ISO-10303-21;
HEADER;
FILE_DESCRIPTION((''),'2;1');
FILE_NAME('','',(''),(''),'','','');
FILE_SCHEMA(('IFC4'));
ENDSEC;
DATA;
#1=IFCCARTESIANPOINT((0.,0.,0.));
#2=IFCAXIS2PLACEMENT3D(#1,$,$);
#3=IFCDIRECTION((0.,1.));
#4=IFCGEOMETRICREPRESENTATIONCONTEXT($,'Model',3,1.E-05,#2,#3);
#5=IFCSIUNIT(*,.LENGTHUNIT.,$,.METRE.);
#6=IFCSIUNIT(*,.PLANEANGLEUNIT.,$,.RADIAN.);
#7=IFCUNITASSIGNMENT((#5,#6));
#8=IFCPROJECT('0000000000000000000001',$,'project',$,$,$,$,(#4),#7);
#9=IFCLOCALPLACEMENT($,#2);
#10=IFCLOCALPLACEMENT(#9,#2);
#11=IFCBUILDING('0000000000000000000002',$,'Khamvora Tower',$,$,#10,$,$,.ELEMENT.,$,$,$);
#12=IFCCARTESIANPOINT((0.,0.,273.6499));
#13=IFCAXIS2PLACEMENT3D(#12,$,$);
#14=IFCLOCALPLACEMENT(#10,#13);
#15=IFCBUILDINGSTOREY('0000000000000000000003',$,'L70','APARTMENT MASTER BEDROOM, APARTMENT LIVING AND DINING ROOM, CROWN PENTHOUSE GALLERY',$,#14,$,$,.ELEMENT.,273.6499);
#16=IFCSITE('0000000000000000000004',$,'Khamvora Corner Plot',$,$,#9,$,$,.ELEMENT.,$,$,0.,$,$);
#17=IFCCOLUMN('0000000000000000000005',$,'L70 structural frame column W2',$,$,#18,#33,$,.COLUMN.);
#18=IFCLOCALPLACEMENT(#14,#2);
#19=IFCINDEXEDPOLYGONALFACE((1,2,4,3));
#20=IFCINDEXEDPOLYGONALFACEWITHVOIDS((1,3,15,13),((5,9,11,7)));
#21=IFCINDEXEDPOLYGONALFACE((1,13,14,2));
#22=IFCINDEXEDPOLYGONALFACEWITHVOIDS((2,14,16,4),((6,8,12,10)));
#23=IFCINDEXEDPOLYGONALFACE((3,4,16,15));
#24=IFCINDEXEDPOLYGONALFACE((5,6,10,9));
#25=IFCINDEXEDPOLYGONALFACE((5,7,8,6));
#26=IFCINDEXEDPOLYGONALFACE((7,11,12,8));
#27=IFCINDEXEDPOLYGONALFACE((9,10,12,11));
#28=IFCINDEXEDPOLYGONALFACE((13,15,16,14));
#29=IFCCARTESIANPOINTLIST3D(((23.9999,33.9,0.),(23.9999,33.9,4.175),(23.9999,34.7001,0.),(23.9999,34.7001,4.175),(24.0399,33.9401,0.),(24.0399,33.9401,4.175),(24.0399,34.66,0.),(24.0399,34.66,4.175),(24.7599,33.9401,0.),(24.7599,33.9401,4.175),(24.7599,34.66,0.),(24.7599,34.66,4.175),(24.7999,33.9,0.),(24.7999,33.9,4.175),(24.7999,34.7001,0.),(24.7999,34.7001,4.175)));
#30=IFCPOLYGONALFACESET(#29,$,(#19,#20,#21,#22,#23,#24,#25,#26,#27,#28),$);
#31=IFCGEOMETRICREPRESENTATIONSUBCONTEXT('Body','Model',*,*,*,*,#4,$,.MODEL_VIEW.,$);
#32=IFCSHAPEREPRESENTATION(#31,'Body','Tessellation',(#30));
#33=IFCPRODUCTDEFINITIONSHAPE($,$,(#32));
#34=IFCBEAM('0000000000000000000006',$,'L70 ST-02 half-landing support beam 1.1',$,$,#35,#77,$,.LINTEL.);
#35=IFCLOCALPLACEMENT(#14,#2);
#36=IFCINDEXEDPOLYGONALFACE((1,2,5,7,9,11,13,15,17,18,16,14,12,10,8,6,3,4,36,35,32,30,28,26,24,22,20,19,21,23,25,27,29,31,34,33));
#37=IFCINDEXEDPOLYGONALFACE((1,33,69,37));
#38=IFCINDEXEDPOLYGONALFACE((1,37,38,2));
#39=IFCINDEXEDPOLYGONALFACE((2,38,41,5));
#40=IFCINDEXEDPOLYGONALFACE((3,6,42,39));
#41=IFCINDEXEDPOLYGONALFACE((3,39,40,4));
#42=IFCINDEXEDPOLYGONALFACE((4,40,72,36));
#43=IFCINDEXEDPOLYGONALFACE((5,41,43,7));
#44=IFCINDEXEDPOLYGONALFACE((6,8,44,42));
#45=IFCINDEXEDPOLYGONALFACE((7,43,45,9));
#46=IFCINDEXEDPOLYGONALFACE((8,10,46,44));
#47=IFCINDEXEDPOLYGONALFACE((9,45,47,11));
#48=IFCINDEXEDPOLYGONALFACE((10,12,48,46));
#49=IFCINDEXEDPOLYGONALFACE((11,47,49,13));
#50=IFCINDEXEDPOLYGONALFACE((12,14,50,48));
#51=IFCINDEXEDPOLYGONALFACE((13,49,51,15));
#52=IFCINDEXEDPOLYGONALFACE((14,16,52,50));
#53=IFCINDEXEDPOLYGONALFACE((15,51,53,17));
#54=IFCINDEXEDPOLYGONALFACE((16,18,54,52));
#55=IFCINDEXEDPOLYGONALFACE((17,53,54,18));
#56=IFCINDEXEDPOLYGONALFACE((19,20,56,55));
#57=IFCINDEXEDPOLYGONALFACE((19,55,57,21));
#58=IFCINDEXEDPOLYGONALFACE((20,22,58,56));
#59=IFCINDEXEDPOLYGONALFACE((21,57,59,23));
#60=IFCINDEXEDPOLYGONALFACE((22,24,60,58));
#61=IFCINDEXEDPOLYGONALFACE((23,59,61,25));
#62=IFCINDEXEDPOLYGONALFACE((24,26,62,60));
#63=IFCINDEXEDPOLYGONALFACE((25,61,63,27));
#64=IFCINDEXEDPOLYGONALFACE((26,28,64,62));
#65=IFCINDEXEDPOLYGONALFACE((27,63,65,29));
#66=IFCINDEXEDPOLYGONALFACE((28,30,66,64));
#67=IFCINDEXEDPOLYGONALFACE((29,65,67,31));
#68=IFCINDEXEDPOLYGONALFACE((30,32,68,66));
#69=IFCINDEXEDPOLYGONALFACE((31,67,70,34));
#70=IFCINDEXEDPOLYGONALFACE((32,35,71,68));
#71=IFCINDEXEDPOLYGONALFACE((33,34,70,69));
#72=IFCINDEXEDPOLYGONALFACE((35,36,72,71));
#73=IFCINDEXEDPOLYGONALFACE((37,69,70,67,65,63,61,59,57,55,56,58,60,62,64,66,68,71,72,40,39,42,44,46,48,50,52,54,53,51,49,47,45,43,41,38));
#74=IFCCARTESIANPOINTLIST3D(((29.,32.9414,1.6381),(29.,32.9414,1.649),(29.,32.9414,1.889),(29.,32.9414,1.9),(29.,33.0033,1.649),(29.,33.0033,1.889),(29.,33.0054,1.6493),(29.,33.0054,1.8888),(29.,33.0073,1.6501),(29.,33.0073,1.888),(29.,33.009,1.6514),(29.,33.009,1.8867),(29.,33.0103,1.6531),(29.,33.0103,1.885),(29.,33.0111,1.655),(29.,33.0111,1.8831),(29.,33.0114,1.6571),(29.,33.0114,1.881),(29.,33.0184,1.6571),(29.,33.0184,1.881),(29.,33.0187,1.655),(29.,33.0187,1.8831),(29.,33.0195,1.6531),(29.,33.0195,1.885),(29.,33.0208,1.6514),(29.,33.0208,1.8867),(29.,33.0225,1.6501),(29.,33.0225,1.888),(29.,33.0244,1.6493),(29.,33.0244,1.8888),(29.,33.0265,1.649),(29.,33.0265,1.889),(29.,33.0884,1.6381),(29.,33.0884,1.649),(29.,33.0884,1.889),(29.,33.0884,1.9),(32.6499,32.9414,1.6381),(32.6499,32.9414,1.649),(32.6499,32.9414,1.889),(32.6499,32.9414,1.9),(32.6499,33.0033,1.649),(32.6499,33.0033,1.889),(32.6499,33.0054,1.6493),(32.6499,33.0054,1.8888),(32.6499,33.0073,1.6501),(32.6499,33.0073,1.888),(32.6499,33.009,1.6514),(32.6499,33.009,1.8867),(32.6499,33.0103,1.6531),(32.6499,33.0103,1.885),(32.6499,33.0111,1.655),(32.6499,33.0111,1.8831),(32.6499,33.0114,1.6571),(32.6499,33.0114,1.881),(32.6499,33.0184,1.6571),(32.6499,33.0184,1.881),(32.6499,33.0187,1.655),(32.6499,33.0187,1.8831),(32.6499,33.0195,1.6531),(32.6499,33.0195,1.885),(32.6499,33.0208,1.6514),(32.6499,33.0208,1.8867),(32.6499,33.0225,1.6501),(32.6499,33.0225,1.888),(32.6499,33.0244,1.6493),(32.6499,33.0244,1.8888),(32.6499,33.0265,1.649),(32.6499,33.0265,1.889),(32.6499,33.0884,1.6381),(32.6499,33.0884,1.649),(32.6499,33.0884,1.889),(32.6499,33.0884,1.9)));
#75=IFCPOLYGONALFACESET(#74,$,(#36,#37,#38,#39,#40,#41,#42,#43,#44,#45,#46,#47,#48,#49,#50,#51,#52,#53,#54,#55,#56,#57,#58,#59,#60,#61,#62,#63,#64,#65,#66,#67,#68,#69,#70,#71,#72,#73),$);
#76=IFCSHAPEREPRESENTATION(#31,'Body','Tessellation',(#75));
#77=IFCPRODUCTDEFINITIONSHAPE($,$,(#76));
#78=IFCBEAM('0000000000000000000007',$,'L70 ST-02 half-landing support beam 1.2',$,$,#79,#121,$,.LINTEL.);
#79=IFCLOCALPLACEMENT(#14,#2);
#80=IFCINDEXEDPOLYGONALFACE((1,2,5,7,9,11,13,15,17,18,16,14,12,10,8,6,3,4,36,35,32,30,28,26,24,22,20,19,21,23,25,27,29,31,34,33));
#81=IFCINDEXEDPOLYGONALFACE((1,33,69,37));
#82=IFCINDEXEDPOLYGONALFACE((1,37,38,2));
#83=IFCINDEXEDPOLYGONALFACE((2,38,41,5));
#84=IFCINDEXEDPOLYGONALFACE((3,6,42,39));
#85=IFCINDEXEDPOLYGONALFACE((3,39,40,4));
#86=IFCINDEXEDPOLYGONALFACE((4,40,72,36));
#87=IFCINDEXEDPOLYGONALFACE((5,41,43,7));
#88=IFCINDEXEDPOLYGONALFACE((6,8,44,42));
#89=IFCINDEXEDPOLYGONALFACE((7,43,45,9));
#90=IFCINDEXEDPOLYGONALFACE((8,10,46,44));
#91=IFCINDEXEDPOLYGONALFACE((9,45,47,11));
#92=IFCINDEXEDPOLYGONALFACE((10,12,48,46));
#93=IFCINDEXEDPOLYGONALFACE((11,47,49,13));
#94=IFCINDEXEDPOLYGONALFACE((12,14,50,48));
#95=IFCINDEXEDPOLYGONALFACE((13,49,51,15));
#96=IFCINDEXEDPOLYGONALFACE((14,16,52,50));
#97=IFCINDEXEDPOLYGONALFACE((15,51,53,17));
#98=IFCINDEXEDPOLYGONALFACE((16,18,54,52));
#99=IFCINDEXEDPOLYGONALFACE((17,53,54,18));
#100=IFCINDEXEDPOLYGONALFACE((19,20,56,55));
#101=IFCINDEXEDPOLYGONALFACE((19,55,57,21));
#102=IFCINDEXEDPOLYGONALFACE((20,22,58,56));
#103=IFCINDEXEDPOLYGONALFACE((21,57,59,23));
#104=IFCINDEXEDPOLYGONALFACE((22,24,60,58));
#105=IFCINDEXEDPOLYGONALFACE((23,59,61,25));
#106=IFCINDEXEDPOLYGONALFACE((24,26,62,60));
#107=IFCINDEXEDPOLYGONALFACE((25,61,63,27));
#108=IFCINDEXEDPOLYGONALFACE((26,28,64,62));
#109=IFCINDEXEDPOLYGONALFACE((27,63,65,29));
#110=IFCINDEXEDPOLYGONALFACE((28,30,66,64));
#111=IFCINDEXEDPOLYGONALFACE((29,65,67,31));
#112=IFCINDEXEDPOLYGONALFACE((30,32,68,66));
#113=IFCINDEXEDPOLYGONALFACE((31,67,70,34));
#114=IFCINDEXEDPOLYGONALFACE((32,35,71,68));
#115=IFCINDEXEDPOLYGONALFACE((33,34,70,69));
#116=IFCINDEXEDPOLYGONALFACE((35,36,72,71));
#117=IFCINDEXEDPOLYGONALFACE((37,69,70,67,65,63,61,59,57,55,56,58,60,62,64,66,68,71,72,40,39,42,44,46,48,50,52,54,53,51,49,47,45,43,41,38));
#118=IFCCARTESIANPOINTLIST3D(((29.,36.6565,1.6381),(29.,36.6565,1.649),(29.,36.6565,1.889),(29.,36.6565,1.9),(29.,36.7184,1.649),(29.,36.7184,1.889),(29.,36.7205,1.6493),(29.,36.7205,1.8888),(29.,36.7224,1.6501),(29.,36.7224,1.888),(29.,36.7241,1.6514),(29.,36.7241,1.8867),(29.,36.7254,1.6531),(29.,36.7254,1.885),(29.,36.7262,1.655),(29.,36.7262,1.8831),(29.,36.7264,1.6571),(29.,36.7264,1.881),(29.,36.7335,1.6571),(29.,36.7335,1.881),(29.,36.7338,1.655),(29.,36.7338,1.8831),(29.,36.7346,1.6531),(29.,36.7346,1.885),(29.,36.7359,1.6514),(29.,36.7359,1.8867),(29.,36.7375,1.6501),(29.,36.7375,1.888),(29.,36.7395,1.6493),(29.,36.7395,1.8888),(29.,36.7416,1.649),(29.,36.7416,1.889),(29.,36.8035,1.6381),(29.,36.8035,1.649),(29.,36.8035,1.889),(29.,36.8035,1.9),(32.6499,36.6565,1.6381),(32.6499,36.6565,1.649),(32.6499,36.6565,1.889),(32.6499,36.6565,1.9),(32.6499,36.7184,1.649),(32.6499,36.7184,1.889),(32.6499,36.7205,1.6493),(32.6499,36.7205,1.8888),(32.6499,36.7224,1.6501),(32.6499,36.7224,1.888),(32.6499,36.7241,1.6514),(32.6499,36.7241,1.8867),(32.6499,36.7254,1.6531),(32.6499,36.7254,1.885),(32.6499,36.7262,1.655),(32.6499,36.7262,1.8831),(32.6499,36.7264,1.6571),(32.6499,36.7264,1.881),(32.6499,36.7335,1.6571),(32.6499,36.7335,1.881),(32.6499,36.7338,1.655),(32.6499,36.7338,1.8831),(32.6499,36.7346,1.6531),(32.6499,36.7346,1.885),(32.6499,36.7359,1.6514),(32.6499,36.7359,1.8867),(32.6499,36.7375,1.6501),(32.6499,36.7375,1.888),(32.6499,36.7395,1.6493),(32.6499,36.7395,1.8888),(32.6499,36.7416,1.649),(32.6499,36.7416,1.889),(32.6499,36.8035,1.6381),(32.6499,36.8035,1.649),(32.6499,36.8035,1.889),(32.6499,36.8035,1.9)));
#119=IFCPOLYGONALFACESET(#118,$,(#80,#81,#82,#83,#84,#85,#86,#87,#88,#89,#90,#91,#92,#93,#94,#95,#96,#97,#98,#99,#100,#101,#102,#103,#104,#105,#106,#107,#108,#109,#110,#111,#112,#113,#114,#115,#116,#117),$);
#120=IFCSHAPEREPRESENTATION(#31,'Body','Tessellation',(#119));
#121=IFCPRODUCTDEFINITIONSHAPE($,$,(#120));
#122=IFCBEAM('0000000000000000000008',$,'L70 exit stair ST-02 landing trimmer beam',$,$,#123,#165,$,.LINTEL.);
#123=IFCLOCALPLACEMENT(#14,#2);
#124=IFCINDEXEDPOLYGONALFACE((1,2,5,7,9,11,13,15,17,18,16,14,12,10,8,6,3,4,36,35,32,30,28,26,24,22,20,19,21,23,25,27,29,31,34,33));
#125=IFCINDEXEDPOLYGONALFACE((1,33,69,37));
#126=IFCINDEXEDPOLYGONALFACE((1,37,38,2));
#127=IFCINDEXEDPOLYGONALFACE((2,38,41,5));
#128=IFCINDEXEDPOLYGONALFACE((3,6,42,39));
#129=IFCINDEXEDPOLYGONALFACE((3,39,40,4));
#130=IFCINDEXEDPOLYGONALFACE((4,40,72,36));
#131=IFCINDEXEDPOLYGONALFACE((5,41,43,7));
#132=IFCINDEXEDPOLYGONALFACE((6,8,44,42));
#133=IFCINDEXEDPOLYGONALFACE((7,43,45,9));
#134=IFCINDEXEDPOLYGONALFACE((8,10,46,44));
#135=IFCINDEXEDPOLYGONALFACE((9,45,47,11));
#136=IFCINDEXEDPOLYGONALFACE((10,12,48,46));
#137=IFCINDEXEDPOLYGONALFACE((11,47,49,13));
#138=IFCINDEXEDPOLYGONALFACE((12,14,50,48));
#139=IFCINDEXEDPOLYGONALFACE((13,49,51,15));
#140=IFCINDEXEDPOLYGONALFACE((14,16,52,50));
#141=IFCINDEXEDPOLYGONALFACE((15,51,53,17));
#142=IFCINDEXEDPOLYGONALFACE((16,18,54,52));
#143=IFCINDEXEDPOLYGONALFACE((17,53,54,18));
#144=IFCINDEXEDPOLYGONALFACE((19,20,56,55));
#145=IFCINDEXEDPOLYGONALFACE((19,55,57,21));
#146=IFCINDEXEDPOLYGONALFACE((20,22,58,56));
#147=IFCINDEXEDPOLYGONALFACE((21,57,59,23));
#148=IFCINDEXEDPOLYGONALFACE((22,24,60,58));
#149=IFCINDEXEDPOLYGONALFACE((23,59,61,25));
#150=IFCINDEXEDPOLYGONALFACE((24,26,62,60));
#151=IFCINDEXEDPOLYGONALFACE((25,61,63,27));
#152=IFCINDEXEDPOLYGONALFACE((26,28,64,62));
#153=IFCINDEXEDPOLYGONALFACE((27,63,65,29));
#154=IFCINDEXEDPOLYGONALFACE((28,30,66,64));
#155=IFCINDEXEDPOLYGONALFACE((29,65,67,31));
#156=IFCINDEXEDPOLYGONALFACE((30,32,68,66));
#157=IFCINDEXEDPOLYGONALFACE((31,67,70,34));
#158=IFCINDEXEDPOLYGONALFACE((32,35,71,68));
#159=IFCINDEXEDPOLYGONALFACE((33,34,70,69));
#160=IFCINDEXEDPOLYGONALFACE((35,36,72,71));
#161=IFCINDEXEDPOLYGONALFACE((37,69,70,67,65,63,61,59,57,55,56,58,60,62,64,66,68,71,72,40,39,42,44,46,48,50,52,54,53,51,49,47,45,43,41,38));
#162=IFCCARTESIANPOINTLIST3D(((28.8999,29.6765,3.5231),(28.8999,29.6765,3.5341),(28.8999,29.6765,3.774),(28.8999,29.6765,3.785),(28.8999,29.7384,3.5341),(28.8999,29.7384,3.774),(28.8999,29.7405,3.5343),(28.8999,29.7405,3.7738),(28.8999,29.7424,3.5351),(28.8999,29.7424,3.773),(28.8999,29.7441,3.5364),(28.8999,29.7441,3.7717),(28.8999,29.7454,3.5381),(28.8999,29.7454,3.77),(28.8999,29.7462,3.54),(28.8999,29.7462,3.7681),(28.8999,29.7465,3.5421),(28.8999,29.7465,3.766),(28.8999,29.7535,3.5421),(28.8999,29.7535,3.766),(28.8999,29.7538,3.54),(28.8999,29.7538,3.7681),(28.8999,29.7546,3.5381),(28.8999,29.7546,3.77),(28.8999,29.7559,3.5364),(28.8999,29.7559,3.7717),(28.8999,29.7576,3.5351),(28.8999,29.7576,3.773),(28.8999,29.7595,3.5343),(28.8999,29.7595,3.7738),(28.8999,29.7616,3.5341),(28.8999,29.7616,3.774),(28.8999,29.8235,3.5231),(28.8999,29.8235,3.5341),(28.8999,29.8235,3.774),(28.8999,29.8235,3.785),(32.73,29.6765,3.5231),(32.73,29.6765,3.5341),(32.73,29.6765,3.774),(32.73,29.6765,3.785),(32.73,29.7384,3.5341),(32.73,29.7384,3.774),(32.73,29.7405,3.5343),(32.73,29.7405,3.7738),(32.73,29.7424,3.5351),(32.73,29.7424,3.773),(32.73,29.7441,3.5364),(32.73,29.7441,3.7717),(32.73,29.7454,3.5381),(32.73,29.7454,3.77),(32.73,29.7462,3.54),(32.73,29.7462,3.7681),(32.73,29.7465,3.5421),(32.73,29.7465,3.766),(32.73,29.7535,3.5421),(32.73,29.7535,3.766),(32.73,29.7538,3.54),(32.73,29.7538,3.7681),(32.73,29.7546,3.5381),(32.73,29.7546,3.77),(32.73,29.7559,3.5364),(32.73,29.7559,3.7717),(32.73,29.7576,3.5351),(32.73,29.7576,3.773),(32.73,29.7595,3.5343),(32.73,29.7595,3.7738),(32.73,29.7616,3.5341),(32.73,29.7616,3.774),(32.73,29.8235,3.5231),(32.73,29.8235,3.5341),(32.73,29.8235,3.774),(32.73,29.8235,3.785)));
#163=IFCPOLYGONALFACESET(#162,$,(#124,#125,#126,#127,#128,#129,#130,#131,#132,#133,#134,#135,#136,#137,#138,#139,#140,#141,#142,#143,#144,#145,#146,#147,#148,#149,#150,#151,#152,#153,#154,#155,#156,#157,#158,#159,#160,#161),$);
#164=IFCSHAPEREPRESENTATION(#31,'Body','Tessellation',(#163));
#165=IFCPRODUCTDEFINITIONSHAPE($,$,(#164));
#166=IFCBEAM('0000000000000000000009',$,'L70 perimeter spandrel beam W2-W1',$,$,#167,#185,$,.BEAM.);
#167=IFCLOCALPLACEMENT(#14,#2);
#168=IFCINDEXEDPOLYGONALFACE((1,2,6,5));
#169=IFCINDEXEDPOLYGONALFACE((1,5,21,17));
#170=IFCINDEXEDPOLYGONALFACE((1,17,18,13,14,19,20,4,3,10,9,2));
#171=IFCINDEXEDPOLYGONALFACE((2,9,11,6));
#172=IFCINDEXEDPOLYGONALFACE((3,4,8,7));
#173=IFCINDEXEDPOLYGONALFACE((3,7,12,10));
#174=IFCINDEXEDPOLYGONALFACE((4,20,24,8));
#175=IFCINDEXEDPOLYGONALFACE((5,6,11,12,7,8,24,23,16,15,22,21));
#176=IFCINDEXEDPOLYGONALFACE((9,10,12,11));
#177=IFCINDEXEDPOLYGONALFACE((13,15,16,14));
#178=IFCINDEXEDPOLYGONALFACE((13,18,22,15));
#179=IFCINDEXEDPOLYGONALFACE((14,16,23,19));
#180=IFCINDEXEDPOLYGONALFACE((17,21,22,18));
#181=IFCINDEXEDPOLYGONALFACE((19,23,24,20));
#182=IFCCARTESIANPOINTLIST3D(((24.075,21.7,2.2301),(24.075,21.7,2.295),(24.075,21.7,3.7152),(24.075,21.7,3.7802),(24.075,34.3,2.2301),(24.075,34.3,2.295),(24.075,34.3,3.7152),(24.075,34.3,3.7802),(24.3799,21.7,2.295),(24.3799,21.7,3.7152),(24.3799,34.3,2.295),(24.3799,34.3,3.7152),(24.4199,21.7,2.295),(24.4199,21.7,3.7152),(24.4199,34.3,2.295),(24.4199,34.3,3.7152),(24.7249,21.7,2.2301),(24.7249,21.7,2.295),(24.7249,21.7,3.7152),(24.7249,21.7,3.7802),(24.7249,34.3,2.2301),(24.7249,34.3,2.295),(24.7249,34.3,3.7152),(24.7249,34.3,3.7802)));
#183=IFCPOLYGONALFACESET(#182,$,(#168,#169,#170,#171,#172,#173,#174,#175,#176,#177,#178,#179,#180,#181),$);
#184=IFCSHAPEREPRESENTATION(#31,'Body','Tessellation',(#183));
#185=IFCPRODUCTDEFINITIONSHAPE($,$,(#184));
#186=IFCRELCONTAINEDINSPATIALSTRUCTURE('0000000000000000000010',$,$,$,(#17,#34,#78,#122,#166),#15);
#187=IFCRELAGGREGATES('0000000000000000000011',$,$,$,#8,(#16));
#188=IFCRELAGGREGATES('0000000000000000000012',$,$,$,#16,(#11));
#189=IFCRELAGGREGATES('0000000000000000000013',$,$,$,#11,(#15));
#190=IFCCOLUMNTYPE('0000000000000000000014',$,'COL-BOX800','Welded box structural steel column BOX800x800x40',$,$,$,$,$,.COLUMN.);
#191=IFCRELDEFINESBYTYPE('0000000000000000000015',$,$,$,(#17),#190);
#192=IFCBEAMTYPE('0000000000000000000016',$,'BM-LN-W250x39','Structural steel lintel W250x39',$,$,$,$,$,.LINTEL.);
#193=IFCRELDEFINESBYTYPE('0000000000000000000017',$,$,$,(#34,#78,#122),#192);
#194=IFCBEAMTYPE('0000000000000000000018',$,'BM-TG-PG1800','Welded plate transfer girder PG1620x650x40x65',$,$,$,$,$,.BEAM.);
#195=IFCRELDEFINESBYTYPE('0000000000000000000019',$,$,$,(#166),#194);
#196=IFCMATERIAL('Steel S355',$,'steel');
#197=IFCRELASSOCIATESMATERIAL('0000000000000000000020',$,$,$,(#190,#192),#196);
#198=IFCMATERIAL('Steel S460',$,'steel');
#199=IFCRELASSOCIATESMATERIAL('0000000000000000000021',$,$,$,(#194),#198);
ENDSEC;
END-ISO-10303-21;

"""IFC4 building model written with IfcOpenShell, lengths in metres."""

from ifc_helpers import new_model, si_unit, direction, frame, origin, origin_2d, place, context, subcontext, project, spatial, hollow_rectangle, i_section, extrude, material, material_profile, profile_set, type_object, element, save


model = new_model("IFC4")

# Units and contexts
model_context = context("Model", 3, precision=1e-05, world=origin(), true_north=direction((0.0, 1.0)))
body_context = subcontext(model_context, "Body", "Model", "MODEL_VIEW")
ifc_project = project(units=[si_unit("LENGTHUNIT", "METRE"), si_unit("PLANEANGLEUNIT", "RADIAN")], contexts=[model_context])

# Site, building, storey
site_placement = place(None, origin())
site = spatial("IfcSite", under=ifc_project, at=site_placement, Name="Khamvora Corner Plot", CompositionType="ELEMENT", RefElevation=0.0)
building_placement = place(site_placement, origin())
building = spatial("IfcBuilding", under=site, at=building_placement, Name="Khamvora Tower", CompositionType="ELEMENT")
storey_placement = place(building_placement, frame((0.0, 0.0, 273.6499)))
storey = spatial("IfcBuildingStorey", under=building, at=storey_placement, Name="L70", Description="APARTMENT MASTER BEDROOM, APARTMENT LIVING AND DINING ROOM, CROWN PENTHOUSE GALLERY", CompositionType="ELEMENT", Elevation=273.6499)

# Column
ifc_material_1 = material(Name="Steel S355", Category="steel")
ifc_material_profile_1 = material_profile(ifc_material_1, hollow_rectangle(XDim=0.8, YDim=0.8, WallThickness=0.04, at=origin_2d()), Name="BOX800x800x40")
ifc_profile_set_1 = profile_set([ifc_material_profile_1], Name="Steel S355")
column_type = type_object("IfcColumnType", Name="COL-BOX800", Description="Welded box structural steel column BOX800x800x40", PredefinedType="COLUMN", material=ifc_profile_set_1)
column_placement = place(storey_placement, frame((24.3999, 34.3, 0.0), z_axis=(0.0, 0.0, 1.0), x_axis=(1.0, 0.0, 0.0)))
element("IfcColumn", 1, at=column_placement, inside=storey, type_object=column_type, Name="L70 structural frame column W2", PredefinedType="COLUMN", context=body_context, shape_type="SweptSolid", body=[
    extrude(hollow_rectangle(XDim=0.8, YDim=0.8, WallThickness=0.04, at=origin_2d()), origin(), (0.0, 0.0, 1.0), 4.175),
])

# Beams
ifc_material_profile_2 = material_profile(ifc_material_1, i_section(OverallWidth=0.147, OverallDepth=0.262, WebThickness=0.0071, FlangeThickness=0.011, FilletRadius=0.0081, at=origin_2d()), Name="W250x39")
ifc_profile_set_2 = profile_set([ifc_material_profile_2], Name="Steel S355")
beam_type_1 = type_object("IfcBeamType", Name="BM-LN-W250x39", Description="Structural steel lintel W250x39", PredefinedType="LINTEL", material=ifc_profile_set_2)
for number, where, z_axis, x_axis, name in (
    (2, (29.0, 33.0149, 1.769), (1.0, 0.0, 0.0), (0.0, 1.0, 0.0), "L70 ST-02 half-landing support beam 1.1"),
    (3, (29.0, 36.73, 1.769), (1.0, 0.0, 0.0), (0.0, 1.0, 0.0), "L70 ST-02 half-landing support beam 1.2"),
):
    element("IfcBeam", number, at=place(storey_placement, frame(where, z_axis=z_axis, x_axis=x_axis)), inside=storey, type_object=beam_type_1, Name=name, PredefinedType="LINTEL", context=body_context, shape_type="SweptSolid", body=[
        extrude(i_section(OverallWidth=0.147, OverallDepth=0.262, WebThickness=0.0071, FlangeThickness=0.011, FilletRadius=0.0081, at=origin_2d()), origin(), (0.0, 0.0, 1.0), 3.6499),
    ])
beam_1_placement = place(storey_placement, frame((28.8999, 29.75, 3.6541), z_axis=(1.0, 0.0, 0.0), x_axis=(0.0, 1.0, 0.0)))
element("IfcBeam", 4, at=beam_1_placement, inside=storey, type_object=beam_type_1, Name="L70 exit stair ST-02 landing trimmer beam", PredefinedType="LINTEL", context=body_context, shape_type="SweptSolid", body=[
    extrude(i_section(OverallWidth=0.147, OverallDepth=0.262, WebThickness=0.0071, FlangeThickness=0.011, FilletRadius=0.0081, at=origin_2d()), origin(), (0.0, 0.0, 1.0), 3.8301),
])
ifc_material_2 = material(Name="Steel S460", Category="steel")
ifc_material_profile_3 = material_profile(ifc_material_2, i_section(OverallWidth=0.6499, OverallDepth=1.55, WebThickness=0.04, FlangeThickness=0.0649, at=origin_2d()), Name="PG1550x650x40x65")
ifc_profile_set_3 = profile_set([ifc_material_profile_3], Name="Steel S460")
beam_type_2 = type_object("IfcBeamType", Name="BM-TG-PG1800", Description="Welded plate transfer girder PG1620x650x40x65", PredefinedType="BEAM", material=ifc_profile_set_3)
beam_2_placement = place(storey_placement, frame((24.3999, 34.3, 3.0051), z_axis=(0.0, -1.0, 0.0), x_axis=(1.0, 0.0, 0.0)))
element("IfcBeam", 5, at=beam_2_placement, inside=storey, type_object=beam_type_2, Name="L70 perimeter spandrel beam W2-W1", PredefinedType="BEAM", context=body_context, shape_type="SweptSolid", body=[
    extrude(i_section(OverallWidth=0.6499, OverallDepth=1.55, WebThickness=0.04, FlangeThickness=0.0649, at=origin_2d()), origin(), (0.0, 0.0, 1.0), 12.6001),
])

save(model, "model.ifc")
